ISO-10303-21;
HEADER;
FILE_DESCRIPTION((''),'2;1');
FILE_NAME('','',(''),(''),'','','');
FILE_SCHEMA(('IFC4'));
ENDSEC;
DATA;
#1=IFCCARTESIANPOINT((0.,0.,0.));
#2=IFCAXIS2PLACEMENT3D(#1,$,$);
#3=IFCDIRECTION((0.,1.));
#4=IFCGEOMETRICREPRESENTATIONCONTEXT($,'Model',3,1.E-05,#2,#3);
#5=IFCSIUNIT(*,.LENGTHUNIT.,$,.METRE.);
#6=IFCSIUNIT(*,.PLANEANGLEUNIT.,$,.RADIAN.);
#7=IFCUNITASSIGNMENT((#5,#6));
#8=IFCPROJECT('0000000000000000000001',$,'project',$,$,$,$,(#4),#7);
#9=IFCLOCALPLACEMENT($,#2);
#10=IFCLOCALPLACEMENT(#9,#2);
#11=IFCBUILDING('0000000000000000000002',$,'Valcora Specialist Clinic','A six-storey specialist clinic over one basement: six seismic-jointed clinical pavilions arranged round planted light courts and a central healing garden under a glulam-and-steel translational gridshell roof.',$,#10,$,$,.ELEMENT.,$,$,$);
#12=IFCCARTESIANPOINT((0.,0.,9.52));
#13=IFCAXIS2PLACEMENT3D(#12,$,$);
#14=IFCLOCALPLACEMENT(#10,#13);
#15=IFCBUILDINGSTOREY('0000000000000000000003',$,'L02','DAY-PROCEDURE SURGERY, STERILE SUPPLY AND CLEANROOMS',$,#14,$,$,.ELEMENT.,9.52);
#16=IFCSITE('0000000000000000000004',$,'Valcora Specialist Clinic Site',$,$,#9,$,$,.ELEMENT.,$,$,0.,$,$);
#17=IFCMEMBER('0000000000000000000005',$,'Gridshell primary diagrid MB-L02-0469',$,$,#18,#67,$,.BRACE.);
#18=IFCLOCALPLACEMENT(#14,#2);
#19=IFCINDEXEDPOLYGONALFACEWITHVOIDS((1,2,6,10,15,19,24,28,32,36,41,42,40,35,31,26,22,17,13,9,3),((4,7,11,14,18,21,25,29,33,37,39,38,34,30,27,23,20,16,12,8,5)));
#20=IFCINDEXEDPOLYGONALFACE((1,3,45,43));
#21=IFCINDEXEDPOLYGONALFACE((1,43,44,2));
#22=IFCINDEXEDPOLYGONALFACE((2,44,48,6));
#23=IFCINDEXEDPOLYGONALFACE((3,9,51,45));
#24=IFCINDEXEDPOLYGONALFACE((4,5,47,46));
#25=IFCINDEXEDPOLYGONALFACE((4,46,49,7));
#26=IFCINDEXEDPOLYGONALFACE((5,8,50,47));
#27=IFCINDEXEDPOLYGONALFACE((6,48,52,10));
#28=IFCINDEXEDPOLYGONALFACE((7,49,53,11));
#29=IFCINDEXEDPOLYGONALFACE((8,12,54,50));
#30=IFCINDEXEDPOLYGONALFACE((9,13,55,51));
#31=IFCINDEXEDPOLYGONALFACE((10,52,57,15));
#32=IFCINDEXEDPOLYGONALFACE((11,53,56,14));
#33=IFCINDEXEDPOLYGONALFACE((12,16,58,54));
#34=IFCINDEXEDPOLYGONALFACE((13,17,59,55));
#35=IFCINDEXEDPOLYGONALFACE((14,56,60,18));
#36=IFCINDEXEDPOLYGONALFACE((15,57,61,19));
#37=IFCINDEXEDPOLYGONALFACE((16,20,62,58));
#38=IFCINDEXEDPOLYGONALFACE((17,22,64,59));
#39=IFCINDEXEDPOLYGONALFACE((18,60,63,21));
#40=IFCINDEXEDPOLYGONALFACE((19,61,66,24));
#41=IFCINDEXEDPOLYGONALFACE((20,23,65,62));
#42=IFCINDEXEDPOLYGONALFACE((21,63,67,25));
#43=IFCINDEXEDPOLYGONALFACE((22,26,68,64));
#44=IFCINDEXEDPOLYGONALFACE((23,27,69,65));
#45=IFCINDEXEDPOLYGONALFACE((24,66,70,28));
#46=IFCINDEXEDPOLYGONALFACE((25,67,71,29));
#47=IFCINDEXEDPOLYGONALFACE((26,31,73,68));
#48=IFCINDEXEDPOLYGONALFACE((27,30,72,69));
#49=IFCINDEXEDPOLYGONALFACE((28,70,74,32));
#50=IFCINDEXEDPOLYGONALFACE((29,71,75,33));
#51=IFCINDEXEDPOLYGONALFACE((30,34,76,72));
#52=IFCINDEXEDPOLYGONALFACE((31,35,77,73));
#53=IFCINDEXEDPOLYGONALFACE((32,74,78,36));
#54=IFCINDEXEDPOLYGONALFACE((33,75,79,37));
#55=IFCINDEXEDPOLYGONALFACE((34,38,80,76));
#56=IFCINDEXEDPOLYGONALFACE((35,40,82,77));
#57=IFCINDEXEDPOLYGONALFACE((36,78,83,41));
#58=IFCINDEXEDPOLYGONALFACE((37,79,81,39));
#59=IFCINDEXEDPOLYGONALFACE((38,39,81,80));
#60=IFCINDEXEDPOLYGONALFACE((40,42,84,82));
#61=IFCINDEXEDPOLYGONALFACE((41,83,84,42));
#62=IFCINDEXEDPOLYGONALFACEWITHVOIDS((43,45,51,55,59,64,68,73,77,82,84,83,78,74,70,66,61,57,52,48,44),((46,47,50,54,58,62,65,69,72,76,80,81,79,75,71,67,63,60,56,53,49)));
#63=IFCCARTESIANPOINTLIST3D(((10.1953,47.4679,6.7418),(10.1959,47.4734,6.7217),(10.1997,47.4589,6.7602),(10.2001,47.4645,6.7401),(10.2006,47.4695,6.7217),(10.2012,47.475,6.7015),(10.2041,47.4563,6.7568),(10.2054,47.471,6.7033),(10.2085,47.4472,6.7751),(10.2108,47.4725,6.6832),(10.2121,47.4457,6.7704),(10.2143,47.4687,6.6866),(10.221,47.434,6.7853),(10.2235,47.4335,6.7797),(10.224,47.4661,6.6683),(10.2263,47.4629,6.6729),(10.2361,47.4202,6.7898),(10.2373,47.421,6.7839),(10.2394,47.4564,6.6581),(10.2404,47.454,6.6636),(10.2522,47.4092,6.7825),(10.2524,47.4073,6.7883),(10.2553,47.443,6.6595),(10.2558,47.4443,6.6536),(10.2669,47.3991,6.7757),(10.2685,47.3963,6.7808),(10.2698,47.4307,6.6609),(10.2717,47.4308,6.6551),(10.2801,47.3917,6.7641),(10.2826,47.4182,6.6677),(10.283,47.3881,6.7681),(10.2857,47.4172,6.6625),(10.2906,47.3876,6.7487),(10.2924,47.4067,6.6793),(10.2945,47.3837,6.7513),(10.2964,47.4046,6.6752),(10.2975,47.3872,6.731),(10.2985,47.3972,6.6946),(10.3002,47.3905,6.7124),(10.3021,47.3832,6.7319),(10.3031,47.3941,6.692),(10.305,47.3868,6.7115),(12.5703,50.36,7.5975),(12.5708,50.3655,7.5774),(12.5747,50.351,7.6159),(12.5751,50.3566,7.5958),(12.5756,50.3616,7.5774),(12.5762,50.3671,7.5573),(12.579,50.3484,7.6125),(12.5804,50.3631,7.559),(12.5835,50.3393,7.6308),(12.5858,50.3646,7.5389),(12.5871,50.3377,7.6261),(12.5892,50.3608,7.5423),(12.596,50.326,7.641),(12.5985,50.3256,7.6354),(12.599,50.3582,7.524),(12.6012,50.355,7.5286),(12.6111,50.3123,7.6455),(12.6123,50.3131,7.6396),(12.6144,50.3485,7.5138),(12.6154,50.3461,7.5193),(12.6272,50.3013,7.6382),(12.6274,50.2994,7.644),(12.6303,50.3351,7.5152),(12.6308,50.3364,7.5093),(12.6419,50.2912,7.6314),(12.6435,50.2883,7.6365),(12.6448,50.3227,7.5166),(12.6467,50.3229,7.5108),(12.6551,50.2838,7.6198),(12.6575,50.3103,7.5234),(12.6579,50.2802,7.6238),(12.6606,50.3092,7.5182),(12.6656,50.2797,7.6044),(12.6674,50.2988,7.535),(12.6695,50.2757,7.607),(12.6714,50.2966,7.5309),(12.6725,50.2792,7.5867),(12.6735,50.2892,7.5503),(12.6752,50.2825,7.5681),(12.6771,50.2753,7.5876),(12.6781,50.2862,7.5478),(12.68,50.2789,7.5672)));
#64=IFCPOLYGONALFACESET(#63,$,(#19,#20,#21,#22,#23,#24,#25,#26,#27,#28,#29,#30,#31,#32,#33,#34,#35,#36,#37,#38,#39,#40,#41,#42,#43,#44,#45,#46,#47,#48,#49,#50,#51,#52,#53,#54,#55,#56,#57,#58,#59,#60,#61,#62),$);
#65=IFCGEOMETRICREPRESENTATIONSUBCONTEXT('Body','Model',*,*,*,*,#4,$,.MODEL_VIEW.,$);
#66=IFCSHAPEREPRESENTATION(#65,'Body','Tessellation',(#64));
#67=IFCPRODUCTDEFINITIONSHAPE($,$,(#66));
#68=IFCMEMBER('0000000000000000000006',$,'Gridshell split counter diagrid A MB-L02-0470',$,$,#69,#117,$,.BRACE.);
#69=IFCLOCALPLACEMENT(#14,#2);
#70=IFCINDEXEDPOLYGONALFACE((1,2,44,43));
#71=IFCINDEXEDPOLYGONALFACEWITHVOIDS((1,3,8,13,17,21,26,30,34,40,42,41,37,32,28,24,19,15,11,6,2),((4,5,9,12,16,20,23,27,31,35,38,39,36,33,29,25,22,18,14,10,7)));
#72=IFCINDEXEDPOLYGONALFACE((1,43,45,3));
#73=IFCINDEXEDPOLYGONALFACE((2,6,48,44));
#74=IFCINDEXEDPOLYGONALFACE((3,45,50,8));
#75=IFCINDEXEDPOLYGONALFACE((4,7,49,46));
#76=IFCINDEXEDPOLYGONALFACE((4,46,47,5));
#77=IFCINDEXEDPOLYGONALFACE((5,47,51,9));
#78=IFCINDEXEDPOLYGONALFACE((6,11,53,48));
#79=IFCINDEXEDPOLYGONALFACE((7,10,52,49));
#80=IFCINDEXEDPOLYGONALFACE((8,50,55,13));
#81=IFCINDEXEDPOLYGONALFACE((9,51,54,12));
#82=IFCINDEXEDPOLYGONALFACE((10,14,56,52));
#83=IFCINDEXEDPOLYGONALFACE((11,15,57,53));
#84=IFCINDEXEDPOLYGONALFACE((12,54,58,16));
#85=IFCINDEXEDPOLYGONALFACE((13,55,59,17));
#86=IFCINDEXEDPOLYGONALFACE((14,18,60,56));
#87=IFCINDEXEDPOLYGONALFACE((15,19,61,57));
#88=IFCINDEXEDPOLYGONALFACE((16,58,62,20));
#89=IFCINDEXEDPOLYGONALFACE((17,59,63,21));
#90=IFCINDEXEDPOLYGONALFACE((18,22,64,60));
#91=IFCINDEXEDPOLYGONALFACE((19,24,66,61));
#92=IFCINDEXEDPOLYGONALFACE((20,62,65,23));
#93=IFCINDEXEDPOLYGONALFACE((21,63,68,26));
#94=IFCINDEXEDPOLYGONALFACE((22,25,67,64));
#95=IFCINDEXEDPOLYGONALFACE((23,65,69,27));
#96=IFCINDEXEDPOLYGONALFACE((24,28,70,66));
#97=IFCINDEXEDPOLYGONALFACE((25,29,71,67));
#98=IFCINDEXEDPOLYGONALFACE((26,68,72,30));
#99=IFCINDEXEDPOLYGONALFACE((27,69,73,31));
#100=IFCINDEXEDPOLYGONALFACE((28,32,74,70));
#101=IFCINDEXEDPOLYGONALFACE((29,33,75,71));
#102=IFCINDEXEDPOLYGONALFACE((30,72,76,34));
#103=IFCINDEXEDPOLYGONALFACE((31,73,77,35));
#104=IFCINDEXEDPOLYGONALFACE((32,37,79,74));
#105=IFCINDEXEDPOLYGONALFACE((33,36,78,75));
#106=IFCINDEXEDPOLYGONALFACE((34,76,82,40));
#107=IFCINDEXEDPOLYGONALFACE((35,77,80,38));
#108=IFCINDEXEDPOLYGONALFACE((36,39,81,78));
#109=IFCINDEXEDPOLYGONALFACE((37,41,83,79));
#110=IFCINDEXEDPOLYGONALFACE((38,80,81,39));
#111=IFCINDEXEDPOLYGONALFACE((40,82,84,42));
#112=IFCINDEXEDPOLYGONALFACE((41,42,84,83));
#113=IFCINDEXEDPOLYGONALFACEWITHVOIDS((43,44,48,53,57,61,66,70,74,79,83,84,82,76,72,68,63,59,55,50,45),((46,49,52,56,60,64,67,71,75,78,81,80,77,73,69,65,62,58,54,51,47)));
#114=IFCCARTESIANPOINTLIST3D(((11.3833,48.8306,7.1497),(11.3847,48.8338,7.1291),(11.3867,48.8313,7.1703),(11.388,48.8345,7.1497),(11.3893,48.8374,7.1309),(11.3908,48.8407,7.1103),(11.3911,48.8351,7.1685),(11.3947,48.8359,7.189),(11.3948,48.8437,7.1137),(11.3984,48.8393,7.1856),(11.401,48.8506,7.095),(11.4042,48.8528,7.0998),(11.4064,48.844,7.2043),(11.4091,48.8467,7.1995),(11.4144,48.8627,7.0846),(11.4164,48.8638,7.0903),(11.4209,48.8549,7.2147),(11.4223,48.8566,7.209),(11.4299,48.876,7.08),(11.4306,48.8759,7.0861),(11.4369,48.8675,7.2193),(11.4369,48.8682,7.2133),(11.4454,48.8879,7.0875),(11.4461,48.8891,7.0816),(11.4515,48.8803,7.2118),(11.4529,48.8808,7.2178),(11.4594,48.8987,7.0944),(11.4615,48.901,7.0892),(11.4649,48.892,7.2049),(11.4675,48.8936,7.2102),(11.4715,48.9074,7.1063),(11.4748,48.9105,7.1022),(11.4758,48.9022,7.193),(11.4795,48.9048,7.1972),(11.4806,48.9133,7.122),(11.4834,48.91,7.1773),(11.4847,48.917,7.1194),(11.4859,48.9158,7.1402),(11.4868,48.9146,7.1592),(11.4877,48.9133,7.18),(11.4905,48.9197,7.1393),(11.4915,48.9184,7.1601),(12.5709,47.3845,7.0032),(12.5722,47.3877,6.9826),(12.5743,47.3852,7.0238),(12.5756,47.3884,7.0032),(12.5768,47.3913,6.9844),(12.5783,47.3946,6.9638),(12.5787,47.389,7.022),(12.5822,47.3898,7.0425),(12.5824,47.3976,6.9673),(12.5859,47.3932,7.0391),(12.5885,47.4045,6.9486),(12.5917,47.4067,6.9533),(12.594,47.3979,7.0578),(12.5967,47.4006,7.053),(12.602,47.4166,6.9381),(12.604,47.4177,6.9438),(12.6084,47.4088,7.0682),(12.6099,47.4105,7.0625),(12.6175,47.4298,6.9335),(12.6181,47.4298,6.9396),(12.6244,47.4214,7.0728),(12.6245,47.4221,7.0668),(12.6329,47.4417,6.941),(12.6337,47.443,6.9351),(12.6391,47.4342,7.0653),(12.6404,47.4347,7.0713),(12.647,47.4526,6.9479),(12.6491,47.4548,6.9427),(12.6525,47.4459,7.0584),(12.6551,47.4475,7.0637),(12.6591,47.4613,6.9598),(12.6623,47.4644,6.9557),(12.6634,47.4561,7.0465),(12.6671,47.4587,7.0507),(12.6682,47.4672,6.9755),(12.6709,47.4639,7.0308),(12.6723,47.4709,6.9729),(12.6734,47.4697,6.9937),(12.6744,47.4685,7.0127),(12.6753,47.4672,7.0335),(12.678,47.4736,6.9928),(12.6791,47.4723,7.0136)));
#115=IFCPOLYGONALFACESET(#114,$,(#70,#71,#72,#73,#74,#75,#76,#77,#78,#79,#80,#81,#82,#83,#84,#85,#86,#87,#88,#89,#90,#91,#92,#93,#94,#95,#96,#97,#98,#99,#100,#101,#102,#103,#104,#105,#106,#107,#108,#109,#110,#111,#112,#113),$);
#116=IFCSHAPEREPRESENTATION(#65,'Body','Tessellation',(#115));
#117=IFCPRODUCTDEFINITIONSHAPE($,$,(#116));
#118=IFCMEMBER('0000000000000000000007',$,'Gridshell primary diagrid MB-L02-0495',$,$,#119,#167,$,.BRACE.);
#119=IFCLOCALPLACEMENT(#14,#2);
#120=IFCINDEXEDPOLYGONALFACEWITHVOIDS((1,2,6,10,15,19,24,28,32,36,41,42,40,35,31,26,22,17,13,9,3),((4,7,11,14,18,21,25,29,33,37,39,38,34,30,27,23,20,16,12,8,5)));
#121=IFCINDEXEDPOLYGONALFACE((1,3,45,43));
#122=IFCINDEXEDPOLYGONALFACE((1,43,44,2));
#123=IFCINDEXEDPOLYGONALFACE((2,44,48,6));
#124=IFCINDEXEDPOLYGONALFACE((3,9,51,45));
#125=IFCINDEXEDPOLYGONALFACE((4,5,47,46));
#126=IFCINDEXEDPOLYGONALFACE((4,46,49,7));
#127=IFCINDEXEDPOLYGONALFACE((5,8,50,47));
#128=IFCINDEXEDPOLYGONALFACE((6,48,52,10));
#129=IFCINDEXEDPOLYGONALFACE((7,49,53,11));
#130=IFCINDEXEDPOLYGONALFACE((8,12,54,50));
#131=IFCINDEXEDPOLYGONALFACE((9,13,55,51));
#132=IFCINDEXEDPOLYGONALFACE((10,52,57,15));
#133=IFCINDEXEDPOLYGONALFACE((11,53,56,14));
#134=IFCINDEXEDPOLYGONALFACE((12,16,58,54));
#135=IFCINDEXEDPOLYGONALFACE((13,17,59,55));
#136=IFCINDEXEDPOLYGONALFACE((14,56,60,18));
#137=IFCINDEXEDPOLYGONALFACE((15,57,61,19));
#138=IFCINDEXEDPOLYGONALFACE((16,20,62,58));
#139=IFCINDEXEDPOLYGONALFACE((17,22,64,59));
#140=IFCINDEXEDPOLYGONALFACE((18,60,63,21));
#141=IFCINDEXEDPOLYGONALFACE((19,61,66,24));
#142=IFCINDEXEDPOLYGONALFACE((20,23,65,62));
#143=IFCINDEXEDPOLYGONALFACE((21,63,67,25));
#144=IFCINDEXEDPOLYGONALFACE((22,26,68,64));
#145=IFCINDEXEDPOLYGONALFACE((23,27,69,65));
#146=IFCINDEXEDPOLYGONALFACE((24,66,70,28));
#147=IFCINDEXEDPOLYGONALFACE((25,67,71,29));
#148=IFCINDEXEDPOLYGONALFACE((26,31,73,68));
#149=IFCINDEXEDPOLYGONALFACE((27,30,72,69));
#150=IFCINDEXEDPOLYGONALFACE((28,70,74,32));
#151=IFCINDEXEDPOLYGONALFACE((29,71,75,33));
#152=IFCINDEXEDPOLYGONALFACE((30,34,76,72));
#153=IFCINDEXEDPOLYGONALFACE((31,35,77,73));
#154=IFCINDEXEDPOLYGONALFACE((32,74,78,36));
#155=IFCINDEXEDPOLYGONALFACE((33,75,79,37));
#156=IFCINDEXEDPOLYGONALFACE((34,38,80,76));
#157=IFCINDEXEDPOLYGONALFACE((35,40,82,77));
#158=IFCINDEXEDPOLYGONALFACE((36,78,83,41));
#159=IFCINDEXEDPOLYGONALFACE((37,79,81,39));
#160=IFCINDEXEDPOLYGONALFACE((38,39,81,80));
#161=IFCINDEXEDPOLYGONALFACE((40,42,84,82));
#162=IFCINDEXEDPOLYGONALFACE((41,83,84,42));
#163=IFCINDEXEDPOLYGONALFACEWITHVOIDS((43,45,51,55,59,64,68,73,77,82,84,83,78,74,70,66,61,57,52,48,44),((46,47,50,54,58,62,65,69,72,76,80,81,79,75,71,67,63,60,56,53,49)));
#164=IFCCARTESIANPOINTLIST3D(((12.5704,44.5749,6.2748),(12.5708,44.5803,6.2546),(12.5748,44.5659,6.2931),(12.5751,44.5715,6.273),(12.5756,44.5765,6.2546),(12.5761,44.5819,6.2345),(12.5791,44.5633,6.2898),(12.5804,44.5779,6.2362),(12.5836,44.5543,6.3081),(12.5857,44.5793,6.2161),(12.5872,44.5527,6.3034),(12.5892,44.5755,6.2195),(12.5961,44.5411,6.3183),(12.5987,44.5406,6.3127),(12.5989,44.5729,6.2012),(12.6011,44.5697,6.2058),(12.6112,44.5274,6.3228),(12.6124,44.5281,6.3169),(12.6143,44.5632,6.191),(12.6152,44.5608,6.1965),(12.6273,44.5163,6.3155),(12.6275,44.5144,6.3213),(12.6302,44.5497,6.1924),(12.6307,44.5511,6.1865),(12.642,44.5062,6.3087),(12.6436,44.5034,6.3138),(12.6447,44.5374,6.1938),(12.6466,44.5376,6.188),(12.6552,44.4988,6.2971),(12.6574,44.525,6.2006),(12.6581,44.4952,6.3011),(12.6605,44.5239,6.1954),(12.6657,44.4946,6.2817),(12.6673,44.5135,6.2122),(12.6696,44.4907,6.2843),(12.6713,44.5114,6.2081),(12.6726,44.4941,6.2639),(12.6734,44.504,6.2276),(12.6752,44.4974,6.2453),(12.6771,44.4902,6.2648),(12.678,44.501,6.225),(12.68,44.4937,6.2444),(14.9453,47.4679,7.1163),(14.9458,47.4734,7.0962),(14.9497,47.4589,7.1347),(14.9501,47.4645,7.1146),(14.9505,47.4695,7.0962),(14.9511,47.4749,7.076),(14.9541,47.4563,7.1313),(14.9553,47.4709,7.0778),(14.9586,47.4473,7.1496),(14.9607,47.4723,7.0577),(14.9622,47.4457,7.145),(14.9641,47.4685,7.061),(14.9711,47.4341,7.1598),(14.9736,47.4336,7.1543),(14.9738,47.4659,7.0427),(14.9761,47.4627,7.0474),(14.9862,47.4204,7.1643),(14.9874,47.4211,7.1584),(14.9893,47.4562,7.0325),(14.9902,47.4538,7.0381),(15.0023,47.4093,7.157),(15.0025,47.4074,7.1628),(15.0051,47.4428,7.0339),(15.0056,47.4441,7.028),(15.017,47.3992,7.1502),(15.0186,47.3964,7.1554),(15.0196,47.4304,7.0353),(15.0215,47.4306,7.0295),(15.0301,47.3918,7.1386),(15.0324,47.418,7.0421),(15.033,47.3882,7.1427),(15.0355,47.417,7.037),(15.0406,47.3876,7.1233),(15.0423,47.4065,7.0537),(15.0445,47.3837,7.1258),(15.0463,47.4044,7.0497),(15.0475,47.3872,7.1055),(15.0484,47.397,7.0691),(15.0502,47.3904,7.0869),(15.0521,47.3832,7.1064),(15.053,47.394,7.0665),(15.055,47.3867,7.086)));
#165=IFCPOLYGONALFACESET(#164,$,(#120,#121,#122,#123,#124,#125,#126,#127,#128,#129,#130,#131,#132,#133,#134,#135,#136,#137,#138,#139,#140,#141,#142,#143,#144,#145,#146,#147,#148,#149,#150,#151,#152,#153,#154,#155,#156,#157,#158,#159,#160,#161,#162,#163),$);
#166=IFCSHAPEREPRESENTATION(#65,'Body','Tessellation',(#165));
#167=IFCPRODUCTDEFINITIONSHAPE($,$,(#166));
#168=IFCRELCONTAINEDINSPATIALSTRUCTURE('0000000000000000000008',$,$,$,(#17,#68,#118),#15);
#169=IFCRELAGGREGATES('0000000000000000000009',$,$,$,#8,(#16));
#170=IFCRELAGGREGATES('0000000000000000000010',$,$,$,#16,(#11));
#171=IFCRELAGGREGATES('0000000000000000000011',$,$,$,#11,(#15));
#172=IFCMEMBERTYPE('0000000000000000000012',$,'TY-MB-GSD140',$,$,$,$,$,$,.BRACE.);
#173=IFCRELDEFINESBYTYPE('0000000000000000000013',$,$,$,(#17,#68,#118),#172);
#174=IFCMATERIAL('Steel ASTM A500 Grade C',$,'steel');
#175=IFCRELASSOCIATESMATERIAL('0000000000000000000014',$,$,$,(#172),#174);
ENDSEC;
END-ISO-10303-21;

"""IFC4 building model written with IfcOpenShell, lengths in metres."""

from ifc_helpers import new_model, si_unit, direction, frame, origin, origin_2d, place, context, subcontext, project, spatial, hollow_circle, extrude, material, material_profile, profile_set, type_object, element, save


model = new_model("IFC4")

# Units and contexts
model_context = context("Model", 3, precision=1e-05, world=origin(), true_north=direction((0.0, 1.0)))
body_context = subcontext(model_context, "Body", "Model", "MODEL_VIEW")
ifc_project = project(units=[si_unit("LENGTHUNIT", "METRE"), si_unit("PLANEANGLEUNIT", "RADIAN")], contexts=[model_context])

# Site, building, storey
site_placement = place(None, origin())
site = spatial("IfcSite", under=ifc_project, at=site_placement, Name="Valcora Specialist Clinic Site", CompositionType="ELEMENT", RefElevation=0.0)
building_placement = place(site_placement, origin())
building = spatial("IfcBuilding", under=site, at=building_placement, Name="Valcora Specialist Clinic", Description="A six-storey specialist clinic over one basement: six seismic-jointed clinical pavilions arranged round planted light courts and a central healing garden under a glulam-and-steel translational gridshell roof.", CompositionType="ELEMENT")
storey_placement = place(building_placement, frame((0.0, 0.0, 9.52)))
storey = spatial("IfcBuildingStorey", under=building, at=storey_placement, Name="L02", Description="DAY-PROCEDURE SURGERY, STERILE SUPPLY AND CLEANROOMS", CompositionType="ELEMENT", Elevation=9.52)

# Members
ifc_material_1 = material(Name="Steel ASTM A500 Grade C", Category="steel")
ifc_material_profile_1 = material_profile(ifc_material_1, hollow_circle(Radius=0.0701, WallThickness=0.0061, at=origin_2d()), Name="ST-CHS-140X6")
ifc_profile_set_1 = profile_set([ifc_material_profile_1], Name="Steel ASTM A500 Grade C")
member_type_1 = type_object("IfcMemberType", Name="TY-MB-GSD140", PredefinedType="BRACE", material=ifc_profile_set_1)
member_1_placement = place(storey_placement, frame((10.25, 47.429, 6.7217), z_axis=(0.618669, 0.753367, 0.222907), x_axis=(-0.772811, 0.634636, 0.0)))
element("IfcMember", 1, at=member_1_placement, inside=storey, type_object=member_type_1, Name="Gridshell primary diagrid MB-L02-0469", PredefinedType="BRACE", context=body_context, shape_type="SweptSolid", body=[
    extrude(hollow_circle(Radius=0.0701, WallThickness=0.0061, at=origin_2d()), origin(), (0.0, 0.0, 1.0), 3.8389),
])
member_2_placement = place(storey_placement, frame((12.625, 47.429, 7.0032), z_axis=(-0.632701, 0.770453, 0.078047), x_axis=(-0.772811, -0.634636, 0.0)))
element("IfcMember", 2, at=member_2_placement, inside=storey, type_object=member_type_1, Name="Gridshell split counter diagrid A MB-L02-0470", PredefinedType="BRACE", context=body_context, shape_type="SweptSolid", body=[
    extrude(hollow_circle(Radius=0.0701, WallThickness=0.0061, at=origin_2d()), origin(), (0.0, 0.0, 1.0), 1.877),
])
member_3_placement = place(storey_placement, frame((12.625, 44.5359, 6.2546), z_axis=(0.619055, 0.754092, 0.219355), x_axis=(-0.772916, 0.634508, 0.0)))
element("IfcMember", 3, at=member_3_placement, inside=storey, type_object=member_type_1, Name="Gridshell primary diagrid MB-L02-0495", PredefinedType="BRACE", context=body_context, shape_type="SweptSolid", body=[
    extrude(hollow_circle(Radius=0.0701, WallThickness=0.0061, at=origin_2d()), origin(), (0.0, 0.0, 1.0), 3.8364),
])

save(model, "model.ifc")
